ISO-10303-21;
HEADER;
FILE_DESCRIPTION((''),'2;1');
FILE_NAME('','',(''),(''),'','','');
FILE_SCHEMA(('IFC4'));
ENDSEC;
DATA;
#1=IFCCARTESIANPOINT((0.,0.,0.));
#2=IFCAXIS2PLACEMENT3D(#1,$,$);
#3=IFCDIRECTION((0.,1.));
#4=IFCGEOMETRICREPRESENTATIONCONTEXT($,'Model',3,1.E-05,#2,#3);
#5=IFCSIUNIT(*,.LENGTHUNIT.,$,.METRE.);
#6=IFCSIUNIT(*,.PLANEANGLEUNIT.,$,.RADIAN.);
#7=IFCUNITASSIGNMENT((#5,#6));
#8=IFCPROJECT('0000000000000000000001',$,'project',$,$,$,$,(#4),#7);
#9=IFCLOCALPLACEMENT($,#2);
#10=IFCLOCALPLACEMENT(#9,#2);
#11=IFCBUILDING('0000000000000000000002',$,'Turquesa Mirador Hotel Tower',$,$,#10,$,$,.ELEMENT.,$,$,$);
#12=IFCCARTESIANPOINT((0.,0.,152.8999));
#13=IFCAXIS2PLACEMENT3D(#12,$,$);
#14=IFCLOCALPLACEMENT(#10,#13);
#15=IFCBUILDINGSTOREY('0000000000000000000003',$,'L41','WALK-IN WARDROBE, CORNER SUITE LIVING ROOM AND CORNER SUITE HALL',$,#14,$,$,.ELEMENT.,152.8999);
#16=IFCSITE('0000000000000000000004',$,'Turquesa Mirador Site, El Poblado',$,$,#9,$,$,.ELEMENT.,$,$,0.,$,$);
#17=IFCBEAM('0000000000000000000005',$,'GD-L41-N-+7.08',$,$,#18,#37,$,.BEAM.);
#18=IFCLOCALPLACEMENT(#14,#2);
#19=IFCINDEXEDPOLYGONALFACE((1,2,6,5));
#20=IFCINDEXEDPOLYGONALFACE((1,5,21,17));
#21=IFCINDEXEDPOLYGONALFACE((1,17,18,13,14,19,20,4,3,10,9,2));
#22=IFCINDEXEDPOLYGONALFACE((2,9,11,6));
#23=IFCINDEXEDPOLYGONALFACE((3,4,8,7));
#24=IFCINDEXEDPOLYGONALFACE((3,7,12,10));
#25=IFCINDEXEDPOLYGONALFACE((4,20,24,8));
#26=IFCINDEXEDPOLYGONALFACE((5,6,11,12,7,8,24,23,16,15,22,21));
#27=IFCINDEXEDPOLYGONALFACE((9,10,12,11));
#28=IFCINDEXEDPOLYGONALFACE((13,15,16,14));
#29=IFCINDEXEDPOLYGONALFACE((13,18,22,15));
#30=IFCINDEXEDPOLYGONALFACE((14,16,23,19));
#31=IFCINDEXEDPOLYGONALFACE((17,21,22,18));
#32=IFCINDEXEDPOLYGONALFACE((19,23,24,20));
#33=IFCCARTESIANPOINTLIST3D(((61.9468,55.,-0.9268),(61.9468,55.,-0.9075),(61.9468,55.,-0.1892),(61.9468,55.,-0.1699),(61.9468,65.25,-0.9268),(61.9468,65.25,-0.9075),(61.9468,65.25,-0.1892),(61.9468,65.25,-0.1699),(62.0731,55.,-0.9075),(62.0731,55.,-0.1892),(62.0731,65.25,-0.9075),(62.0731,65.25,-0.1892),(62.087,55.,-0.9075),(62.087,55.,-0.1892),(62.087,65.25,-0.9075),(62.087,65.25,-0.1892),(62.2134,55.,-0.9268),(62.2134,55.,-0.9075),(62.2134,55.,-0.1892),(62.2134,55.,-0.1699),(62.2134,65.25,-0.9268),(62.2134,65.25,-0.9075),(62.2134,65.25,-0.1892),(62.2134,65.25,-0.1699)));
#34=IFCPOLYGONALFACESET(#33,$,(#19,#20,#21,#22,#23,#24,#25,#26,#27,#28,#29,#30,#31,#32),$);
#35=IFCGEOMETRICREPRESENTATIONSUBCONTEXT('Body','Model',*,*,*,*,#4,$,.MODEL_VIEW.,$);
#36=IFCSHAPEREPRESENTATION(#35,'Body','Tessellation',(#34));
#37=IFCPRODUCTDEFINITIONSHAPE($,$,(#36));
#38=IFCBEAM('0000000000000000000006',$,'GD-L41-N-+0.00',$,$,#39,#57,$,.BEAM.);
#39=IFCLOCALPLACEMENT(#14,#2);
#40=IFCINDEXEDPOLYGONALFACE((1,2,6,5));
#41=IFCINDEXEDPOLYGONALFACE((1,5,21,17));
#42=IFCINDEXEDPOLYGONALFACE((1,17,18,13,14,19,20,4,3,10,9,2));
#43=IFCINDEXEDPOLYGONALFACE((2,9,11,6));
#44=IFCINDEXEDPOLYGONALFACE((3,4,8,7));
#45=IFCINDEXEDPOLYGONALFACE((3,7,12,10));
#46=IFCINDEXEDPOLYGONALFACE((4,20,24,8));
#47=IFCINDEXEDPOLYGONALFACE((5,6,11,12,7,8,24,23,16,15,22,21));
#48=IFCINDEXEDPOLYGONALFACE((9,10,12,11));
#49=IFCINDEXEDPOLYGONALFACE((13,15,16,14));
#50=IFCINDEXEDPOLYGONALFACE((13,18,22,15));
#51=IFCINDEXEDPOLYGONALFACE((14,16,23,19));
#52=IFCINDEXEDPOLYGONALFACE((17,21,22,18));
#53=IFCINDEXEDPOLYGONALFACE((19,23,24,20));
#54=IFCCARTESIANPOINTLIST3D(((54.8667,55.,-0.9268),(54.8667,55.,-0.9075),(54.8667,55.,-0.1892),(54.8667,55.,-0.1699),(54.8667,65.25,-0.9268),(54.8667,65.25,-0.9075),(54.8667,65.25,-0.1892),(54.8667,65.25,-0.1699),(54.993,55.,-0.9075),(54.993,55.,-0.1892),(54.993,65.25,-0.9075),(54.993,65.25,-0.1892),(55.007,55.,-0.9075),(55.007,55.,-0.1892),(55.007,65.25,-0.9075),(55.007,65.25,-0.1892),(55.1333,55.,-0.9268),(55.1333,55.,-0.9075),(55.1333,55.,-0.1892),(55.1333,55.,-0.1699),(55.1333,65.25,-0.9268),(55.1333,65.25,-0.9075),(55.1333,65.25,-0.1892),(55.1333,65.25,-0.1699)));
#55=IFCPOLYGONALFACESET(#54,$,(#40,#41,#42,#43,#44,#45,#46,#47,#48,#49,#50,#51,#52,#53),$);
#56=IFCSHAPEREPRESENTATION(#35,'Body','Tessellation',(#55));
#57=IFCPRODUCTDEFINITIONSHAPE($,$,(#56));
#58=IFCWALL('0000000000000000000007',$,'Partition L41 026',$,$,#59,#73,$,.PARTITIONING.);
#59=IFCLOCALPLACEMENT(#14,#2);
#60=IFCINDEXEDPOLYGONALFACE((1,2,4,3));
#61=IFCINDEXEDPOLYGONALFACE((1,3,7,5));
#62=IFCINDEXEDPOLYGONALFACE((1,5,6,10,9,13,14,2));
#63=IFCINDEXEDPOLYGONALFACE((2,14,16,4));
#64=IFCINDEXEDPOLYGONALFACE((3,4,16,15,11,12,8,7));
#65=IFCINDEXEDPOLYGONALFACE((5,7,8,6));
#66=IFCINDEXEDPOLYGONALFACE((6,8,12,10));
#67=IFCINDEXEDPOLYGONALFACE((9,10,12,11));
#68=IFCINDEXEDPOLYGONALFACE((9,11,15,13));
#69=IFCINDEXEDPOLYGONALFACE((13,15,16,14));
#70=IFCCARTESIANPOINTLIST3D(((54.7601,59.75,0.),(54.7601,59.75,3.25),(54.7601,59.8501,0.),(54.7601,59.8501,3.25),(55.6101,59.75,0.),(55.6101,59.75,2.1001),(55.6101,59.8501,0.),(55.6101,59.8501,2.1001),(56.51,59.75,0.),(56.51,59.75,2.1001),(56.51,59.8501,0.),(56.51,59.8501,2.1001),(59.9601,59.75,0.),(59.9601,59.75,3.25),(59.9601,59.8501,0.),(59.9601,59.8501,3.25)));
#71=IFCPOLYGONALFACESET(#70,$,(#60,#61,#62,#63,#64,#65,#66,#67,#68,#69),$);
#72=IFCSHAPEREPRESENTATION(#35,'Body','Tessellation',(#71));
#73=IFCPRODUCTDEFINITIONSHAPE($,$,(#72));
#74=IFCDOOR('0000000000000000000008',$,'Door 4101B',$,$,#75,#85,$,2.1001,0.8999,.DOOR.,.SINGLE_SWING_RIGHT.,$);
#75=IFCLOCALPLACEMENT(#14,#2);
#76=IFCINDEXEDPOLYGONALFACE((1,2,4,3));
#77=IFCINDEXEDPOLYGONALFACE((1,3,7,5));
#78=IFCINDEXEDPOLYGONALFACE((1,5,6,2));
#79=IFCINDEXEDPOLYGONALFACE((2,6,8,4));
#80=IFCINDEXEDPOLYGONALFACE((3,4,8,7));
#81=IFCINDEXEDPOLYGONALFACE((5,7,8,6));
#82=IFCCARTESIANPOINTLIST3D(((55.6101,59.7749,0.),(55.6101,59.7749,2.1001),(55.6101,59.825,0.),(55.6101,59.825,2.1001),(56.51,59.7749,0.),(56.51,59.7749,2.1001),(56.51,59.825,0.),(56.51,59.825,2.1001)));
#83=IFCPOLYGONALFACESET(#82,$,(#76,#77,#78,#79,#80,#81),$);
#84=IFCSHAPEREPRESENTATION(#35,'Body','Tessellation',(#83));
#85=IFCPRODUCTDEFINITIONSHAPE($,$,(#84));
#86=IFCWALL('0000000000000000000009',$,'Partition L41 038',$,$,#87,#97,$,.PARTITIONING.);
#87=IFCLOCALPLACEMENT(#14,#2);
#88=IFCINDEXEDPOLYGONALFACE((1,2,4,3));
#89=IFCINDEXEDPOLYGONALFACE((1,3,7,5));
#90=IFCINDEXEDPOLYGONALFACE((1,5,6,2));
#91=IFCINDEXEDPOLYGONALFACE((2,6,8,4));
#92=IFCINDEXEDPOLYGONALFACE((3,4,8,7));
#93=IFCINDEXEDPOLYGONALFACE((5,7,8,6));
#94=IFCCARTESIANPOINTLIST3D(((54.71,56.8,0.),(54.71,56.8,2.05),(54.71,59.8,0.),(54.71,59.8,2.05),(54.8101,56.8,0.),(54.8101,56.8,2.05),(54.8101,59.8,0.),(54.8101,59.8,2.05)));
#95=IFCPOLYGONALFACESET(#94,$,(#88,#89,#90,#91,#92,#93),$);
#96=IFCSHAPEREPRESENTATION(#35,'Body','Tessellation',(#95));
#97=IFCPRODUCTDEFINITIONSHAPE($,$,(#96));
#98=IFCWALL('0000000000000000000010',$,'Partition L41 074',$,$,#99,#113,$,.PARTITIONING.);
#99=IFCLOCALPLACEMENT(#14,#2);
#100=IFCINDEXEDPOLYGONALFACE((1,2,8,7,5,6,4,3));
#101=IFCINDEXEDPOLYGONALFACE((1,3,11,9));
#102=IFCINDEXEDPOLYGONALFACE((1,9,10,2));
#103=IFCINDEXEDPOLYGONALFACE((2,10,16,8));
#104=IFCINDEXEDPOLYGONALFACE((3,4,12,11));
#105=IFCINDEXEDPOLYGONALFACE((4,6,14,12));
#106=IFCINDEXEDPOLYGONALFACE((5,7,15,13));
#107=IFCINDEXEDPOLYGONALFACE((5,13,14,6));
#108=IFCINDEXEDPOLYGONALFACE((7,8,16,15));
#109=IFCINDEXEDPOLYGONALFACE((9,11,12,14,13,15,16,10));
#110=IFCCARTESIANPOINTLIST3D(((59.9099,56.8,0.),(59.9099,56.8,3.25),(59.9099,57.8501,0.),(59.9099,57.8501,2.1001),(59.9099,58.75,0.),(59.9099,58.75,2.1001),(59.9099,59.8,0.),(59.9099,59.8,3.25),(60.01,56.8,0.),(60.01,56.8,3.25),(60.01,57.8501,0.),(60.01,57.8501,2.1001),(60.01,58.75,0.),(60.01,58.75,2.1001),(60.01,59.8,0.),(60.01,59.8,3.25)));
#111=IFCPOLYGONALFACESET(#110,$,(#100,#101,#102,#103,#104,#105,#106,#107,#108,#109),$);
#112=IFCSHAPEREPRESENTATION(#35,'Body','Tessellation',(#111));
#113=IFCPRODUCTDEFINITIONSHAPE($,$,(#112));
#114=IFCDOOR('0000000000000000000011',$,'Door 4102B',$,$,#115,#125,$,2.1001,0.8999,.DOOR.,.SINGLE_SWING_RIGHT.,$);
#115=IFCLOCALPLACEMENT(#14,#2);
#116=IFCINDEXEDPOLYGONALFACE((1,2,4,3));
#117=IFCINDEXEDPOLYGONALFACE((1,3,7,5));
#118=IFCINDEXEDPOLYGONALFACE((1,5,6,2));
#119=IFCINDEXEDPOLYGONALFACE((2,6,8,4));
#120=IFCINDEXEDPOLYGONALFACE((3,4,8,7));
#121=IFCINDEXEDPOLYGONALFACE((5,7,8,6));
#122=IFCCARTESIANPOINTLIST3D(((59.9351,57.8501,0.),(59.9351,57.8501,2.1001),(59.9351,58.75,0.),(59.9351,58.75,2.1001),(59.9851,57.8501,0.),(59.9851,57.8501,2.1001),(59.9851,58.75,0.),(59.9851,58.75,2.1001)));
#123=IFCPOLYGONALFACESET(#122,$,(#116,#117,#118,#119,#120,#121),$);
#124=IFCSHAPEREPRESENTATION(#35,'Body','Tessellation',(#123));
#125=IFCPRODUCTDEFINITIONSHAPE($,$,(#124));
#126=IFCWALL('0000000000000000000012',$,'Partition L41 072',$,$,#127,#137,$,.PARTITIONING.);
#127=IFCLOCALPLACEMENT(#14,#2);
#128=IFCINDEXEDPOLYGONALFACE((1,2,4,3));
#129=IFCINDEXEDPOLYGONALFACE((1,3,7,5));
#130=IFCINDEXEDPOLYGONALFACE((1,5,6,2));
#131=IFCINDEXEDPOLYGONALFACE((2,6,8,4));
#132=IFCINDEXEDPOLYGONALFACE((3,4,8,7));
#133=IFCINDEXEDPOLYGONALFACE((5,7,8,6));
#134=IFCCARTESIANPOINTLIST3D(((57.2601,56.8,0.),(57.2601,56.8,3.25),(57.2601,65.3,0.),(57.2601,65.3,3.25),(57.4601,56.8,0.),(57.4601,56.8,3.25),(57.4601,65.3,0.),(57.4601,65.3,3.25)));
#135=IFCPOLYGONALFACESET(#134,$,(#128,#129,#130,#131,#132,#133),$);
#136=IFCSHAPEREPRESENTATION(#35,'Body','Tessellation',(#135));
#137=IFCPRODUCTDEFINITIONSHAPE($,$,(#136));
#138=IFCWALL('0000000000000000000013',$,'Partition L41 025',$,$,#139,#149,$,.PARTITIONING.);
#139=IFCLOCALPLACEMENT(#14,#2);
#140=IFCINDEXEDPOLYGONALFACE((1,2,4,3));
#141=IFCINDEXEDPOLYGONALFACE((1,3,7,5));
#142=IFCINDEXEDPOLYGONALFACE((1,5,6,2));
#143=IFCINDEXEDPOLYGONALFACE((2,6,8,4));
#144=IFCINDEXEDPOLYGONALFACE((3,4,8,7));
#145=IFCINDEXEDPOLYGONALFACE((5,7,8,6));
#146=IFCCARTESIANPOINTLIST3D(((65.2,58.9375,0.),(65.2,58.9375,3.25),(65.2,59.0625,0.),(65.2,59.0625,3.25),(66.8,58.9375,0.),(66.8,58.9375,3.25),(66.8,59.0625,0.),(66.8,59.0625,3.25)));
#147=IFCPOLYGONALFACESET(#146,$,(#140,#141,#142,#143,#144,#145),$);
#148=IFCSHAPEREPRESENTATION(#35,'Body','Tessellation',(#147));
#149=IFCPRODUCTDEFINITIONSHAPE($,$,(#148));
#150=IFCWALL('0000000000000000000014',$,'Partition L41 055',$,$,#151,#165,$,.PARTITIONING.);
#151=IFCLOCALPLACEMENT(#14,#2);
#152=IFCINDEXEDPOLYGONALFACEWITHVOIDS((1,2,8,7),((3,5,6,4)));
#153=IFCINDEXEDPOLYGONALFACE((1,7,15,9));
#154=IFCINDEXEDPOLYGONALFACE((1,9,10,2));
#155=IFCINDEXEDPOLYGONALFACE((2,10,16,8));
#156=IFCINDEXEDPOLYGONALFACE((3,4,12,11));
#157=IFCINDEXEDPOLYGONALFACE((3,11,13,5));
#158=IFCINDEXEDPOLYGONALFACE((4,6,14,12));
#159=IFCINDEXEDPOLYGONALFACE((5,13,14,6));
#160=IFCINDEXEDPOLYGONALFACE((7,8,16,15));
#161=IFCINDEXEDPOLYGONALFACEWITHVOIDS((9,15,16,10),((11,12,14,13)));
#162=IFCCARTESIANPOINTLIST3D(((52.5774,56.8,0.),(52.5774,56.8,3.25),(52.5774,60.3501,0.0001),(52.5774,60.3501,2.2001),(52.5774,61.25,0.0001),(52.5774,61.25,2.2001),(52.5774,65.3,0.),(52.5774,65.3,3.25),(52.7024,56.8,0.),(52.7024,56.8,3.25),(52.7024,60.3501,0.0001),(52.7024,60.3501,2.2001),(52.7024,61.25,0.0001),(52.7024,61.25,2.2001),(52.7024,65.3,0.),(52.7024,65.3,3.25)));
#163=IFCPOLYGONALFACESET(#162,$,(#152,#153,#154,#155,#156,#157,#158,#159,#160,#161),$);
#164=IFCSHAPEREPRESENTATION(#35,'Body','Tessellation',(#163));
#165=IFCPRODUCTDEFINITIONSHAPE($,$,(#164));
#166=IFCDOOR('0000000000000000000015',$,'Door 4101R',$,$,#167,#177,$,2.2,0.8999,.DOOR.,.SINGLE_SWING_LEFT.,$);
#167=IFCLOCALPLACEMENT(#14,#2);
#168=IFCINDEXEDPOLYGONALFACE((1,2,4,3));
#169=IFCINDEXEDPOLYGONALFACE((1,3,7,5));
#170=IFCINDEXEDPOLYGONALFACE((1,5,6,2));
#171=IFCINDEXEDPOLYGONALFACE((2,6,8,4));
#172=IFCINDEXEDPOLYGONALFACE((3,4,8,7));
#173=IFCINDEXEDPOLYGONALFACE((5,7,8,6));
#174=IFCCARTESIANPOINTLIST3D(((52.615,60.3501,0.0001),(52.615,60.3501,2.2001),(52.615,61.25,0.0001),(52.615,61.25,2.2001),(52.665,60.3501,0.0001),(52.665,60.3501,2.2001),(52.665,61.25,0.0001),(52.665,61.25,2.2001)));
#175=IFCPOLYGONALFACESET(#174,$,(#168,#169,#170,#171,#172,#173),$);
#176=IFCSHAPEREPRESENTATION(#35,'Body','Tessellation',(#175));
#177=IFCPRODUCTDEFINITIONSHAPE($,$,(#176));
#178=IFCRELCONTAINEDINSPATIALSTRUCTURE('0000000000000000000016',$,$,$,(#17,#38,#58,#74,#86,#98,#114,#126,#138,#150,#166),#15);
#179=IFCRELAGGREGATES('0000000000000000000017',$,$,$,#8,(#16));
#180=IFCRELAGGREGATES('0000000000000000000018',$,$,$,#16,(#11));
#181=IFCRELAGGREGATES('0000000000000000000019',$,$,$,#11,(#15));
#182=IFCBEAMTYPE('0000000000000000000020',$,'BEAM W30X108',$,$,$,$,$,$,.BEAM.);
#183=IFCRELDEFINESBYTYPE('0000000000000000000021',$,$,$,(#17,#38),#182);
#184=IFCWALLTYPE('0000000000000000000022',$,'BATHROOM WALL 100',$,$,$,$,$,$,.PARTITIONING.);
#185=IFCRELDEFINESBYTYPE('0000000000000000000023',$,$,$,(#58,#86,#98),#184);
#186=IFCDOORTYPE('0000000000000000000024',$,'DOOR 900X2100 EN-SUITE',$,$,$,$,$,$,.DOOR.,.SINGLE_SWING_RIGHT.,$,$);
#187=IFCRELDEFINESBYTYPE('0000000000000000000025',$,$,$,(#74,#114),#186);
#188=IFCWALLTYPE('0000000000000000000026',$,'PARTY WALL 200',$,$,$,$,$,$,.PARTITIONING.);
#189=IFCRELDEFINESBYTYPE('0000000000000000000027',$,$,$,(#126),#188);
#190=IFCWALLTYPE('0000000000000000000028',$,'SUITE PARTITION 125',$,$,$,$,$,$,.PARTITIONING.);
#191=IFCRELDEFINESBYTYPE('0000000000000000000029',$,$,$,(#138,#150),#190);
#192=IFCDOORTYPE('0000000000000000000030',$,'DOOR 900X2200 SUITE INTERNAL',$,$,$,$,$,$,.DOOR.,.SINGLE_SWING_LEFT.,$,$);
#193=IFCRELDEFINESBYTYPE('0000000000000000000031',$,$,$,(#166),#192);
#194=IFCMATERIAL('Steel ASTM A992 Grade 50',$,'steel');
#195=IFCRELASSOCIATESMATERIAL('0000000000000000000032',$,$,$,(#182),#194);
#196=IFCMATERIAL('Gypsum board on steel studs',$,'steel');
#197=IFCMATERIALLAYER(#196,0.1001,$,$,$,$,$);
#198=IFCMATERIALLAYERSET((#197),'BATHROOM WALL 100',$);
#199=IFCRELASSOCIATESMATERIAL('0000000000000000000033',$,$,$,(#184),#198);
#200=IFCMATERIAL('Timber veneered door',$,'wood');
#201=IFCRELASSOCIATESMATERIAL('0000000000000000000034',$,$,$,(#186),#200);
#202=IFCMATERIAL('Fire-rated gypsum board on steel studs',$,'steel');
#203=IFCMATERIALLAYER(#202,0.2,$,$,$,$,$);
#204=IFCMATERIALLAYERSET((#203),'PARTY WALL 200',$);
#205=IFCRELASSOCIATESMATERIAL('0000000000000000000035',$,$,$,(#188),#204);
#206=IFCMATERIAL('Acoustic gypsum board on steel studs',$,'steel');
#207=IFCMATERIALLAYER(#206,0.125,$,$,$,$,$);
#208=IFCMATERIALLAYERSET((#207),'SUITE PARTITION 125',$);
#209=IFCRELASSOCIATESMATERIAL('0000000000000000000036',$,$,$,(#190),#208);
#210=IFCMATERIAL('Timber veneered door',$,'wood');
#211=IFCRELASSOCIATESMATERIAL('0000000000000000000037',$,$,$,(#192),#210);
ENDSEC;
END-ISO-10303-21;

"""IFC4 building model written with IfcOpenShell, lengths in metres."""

from ifc_helpers import new_model, si_unit, direction, frame, frame_2d, origin, origin_2d, place, context, subcontext, project, spatial, rectangle, i_section, extrude, material, layer, layer_set, material_profile, profile_set, type_object, element, fill, save


model = new_model("IFC4")

# Units and contexts
model_context = context("Model", 3, precision=1e-05, world=origin(), true_north=direction((0.0, 1.0)))
body_context = subcontext(model_context, "Body", "Model", "MODEL_VIEW")
ifc_project = project(units=[si_unit("LENGTHUNIT", "METRE"), si_unit("PLANEANGLEUNIT", "RADIAN")], contexts=[model_context])

# Site, building, storey
site_placement = place(None, origin())
site = spatial("IfcSite", under=ifc_project, at=site_placement, Name="Turquesa Mirador Site, El Poblado", CompositionType="ELEMENT", RefElevation=0.0)
building_placement = place(site_placement, origin())
building = spatial("IfcBuilding", under=site, at=building_placement, Name="Turquesa Mirador Hotel Tower", CompositionType="ELEMENT")
storey_placement = place(building_placement, frame((0.0, 0.0, 152.8999)))
storey = spatial("IfcBuildingStorey", under=building, at=storey_placement, Name="L41", Description="WALK-IN WARDROBE, CORNER SUITE LIVING ROOM AND CORNER SUITE HALL", CompositionType="ELEMENT", Elevation=152.8999)

# Beams
ifc_material_1 = material(Name="Steel ASTM A992 Grade 50", Category="steel")
ifc_material_profile_1 = material_profile(ifc_material_1, i_section(OverallWidth=0.2666, OverallDepth=0.7568, WebThickness=0.0139, FlangeThickness=0.0193, at=origin_2d()), Name="W30X108")
ifc_profile_set_1 = profile_set([ifc_material_profile_1], Name="Steel ASTM A992 Grade 50")
beam_type_1 = type_object("IfcBeamType", Name="BEAM W30X108", PredefinedType="BEAM", material=ifc_profile_set_1)
for number, where, z_axis, x_axis, name in (
    (1, (62.0801, 65.25, -0.5483), (0.0, -1.0, 0.0), (1.0, 0.0, 0.0), "GD-L41-N-+7.08"),
    (2, (55.0, 65.25, -0.5483), (0.0, -1.0, 0.0), (1.0, 0.0, 0.0), "GD-L41-N-+0.00"),
):
    element("IfcBeam", number, at=place(storey_placement, frame(where, z_axis=z_axis, x_axis=x_axis)), inside=storey, type_object=beam_type_1, Name=name, PredefinedType="BEAM", context=body_context, shape_type="SweptSolid", body=[
        extrude(i_section(OverallWidth=0.2666, OverallDepth=0.7568, WebThickness=0.0139, FlangeThickness=0.0193, at=origin_2d()), origin(), (0.0, 0.0, 1.0), 10.25),
    ])

# Wall, opening, door
ifc_material_2 = material(Name="Gypsum board on steel studs", Category="steel")
ifc_layer_1 = layer(ifc_material_2, 0.1001)
ifc_layer_set_1 = layer_set([ifc_layer_1], Name="BATHROOM WALL 100")
wall_type_1 = type_object("IfcWallType", Name="BATHROOM WALL 100", PredefinedType="PARTITIONING", material=ifc_layer_set_1)
wall_1_placement = place(storey_placement, frame((54.76, 59.8, 0.0), z_axis=(0.0, 0.0, 1.0), x_axis=(1.0, 0.0, 0.0)))
wall_1 = element("IfcWall", 3, at=wall_1_placement, inside=storey, type_object=wall_type_1, Name="Partition L41 026", PredefinedType="PARTITIONING", context=body_context, shape_type="SweptSolid", body=[
    extrude(rectangle(XDim=5.2, YDim=0.1001, at=frame_2d((2.6001, 0.0))), origin(), (0.0, 0.0, 1.0), 3.25),
])
opening_1_placement = place(wall_1_placement, frame((0.8501, 0.0, 0.0)))
opening_1 = element("IfcOpeningElement", 4, at=opening_1_placement, cuts=wall_1, PredefinedType="OPENING", context=body_context, shape_type="SweptSolid", body=[
    extrude(rectangle(XDim=0.8999, YDim=2.1001, at=frame_2d((0.45, 1.05))), frame((0.0, 0.0601, 0.0), z_axis=(0.0, -1.0, 0.0), x_axis=(1.0, 0.0, 0.0)), (0.0, 0.0, 1.0), 0.1201),
])
ifc_material_3 = material(Name="Timber veneered door", Category="wood")
door_type_1 = type_object("IfcDoorType", Name="DOOR 900X2100 EN-SUITE", OperationType="SINGLE_SWING_RIGHT", PredefinedType="DOOR", material=ifc_material_3)
door_1_placement = place(opening_1_placement, origin())
door_1 = element("IfcDoor", 5, at=door_1_placement, inside=storey, type_object=door_type_1, Name="Door 4101B", OperationType="SINGLE_SWING_RIGHT", OverallHeight=2.1001, OverallWidth=0.8999, PredefinedType="DOOR", context=body_context, shape_type="SweptSolid", body=[
    extrude(rectangle(XDim=0.8999, YDim=2.1001, at=frame_2d((0.45, 1.05))), frame((0.0, 0.0249, 0.0), z_axis=(0.0, -1.0, 0.0), x_axis=(1.0, 0.0, 0.0)), (0.0, 0.0, 1.0), 0.05),
])
fill(opening_1, door_1)

# Wall
wall_2_placement = place(storey_placement, frame((54.76, 56.8, 0.0), z_axis=(0.0, 0.0, 1.0), x_axis=(0.0, 1.0, 0.0)))
element("IfcWall", 6, at=wall_2_placement, inside=storey, type_object=wall_type_1, Name="Partition L41 038", PredefinedType="PARTITIONING", context=body_context, shape_type="SweptSolid", body=[
    extrude(rectangle(XDim=3.0, YDim=0.1001, at=frame_2d((1.5, 0.0))), origin(), (0.0, 0.0, 1.0), 2.05),
])

# Wall, opening, door
wall_3_placement = place(storey_placement, frame((59.96, 56.8, 0.0), z_axis=(0.0, 0.0, 1.0), x_axis=(0.0, 1.0, 0.0)))
wall_3 = element("IfcWall", 7, at=wall_3_placement, inside=storey, type_object=wall_type_1, Name="Partition L41 074", PredefinedType="PARTITIONING", context=body_context, shape_type="SweptSolid", body=[
    extrude(rectangle(XDim=3.0, YDim=0.1001, at=frame_2d((1.5, 0.0))), origin(), (0.0, 0.0, 1.0), 3.25),
])
opening_2_placement = place(wall_3_placement, frame((1.05, 0.0, 0.0)))
opening_2 = element("IfcOpeningElement", 8, at=opening_2_placement, cuts=wall_3, PredefinedType="OPENING", context=body_context, shape_type="SweptSolid", body=[
    extrude(rectangle(XDim=0.8999, YDim=2.1001, at=frame_2d((0.45, 1.05))), frame((0.0, 0.0601, 0.0), z_axis=(0.0, -1.0, 0.0), x_axis=(1.0, 0.0, 0.0)), (0.0, 0.0, 1.0), 0.1201),
])
door_2_placement = place(opening_2_placement, origin())
door_2 = element("IfcDoor", 9, at=door_2_placement, inside=storey, type_object=door_type_1, Name="Door 4102B", OperationType="SINGLE_SWING_RIGHT", OverallHeight=2.1001, OverallWidth=0.8999, PredefinedType="DOOR", context=body_context, shape_type="SweptSolid", body=[
    extrude(rectangle(XDim=0.8999, YDim=2.1001, at=frame_2d((0.45, 1.05))), frame((0.0, 0.0249, 0.0), z_axis=(0.0, -1.0, 0.0), x_axis=(1.0, 0.0, 0.0)), (0.0, 0.0, 1.0), 0.05),
])
fill(opening_2, door_2)

# Walls
ifc_material_4 = material(Name="Fire-rated gypsum board on steel studs", Category="steel")
ifc_layer_2 = layer(ifc_material_4, 0.2)
ifc_layer_set_2 = layer_set([ifc_layer_2], Name="PARTY WALL 200")
wall_type_2 = type_object("IfcWallType", Name="PARTY WALL 200", PredefinedType="PARTITIONING", material=ifc_layer_set_2)
wall_4_placement = place(storey_placement, frame((57.3601, 56.8, 0.0), z_axis=(0.0, 0.0, 1.0), x_axis=(0.0, 1.0, 0.0)))
element("IfcWall", 10, at=wall_4_placement, inside=storey, type_object=wall_type_2, Name="Partition L41 072", PredefinedType="PARTITIONING", context=body_context, shape_type="SweptSolid", body=[
    extrude(rectangle(XDim=8.5, YDim=0.2, at=frame_2d((4.25, 0.0))), origin(), (0.0, 0.0, 1.0), 3.25),
])
ifc_material_5 = material(Name="Acoustic gypsum board on steel studs", Category="steel")
ifc_layer_3 = layer(ifc_material_5, 0.125)
ifc_layer_set_3 = layer_set([ifc_layer_3], Name="SUITE PARTITION 125")
wall_type_3 = type_object("IfcWallType", Name="SUITE PARTITION 125", PredefinedType="PARTITIONING", material=ifc_layer_set_3)
wall_5_placement = place(storey_placement, frame((65.2, 59.0, 0.0), z_axis=(0.0, 0.0, 1.0), x_axis=(1.0, 0.0, 0.0)))
element("IfcWall", 11, at=wall_5_placement, inside=storey, type_object=wall_type_3, Name="Partition L41 025", PredefinedType="PARTITIONING", context=body_context, shape_type="SweptSolid", body=[
    extrude(rectangle(XDim=1.6001, YDim=0.125, at=frame_2d((0.8, 0.0))), origin(), (0.0, 0.0, 1.0), 3.25),
])

# Wall, opening, door
wall_6_placement = place(storey_placement, frame((52.6399, 56.8, 0.0), z_axis=(0.0, 0.0, 1.0), x_axis=(0.0, 1.0, 0.0)))
wall_6 = element("IfcWall", 12, at=wall_6_placement, inside=storey, type_object=wall_type_3, Name="Partition L41 055", PredefinedType="PARTITIONING", context=body_context, shape_type="SweptSolid", body=[
    extrude(rectangle(XDim=8.5, YDim=0.125, at=frame_2d((4.25, 0.0))), origin(), (0.0, 0.0, 1.0), 3.25),
])
opening_3_placement = place(wall_6_placement, frame((3.55, 0.0, 0.0)))
opening_3 = element("IfcOpeningElement", 13, at=opening_3_placement, cuts=wall_6, PredefinedType="OPENING", context=body_context, shape_type="SweptSolid", body=[
    extrude(rectangle(XDim=0.8999, YDim=2.2, at=frame_2d((0.45, 1.1001))), frame((0.0, 0.0725, 0.0), z_axis=(0.0, -1.0, 0.0), x_axis=(1.0, 0.0, 0.0)), (0.0, 0.0, 1.0), 0.145),
])
ifc_material_6 = material(Name="Timber veneered door", Category="wood")
door_type_2 = type_object("IfcDoorType", Name="DOOR 900X2200 SUITE INTERNAL", OperationType="SINGLE_SWING_LEFT", PredefinedType="DOOR", material=ifc_material_6)
door_3_placement = place(opening_3_placement, origin())
door_3 = element("IfcDoor", 14, at=door_3_placement, inside=storey, type_object=door_type_2, Name="Door 4101R", OperationType="SINGLE_SWING_LEFT", OverallHeight=2.2, OverallWidth=0.8999, PredefinedType="DOOR", context=body_context, shape_type="SweptSolid", body=[
    extrude(rectangle(XDim=0.8999, YDim=2.2, at=frame_2d((0.45, 1.1001))), frame((0.0, 0.0249, 0.0), z_axis=(0.0, -1.0, 0.0), x_axis=(1.0, 0.0, 0.0)), (0.0, 0.0, 1.0), 0.05),
])
fill(opening_3, door_3)

save(model, "model.ifc")
